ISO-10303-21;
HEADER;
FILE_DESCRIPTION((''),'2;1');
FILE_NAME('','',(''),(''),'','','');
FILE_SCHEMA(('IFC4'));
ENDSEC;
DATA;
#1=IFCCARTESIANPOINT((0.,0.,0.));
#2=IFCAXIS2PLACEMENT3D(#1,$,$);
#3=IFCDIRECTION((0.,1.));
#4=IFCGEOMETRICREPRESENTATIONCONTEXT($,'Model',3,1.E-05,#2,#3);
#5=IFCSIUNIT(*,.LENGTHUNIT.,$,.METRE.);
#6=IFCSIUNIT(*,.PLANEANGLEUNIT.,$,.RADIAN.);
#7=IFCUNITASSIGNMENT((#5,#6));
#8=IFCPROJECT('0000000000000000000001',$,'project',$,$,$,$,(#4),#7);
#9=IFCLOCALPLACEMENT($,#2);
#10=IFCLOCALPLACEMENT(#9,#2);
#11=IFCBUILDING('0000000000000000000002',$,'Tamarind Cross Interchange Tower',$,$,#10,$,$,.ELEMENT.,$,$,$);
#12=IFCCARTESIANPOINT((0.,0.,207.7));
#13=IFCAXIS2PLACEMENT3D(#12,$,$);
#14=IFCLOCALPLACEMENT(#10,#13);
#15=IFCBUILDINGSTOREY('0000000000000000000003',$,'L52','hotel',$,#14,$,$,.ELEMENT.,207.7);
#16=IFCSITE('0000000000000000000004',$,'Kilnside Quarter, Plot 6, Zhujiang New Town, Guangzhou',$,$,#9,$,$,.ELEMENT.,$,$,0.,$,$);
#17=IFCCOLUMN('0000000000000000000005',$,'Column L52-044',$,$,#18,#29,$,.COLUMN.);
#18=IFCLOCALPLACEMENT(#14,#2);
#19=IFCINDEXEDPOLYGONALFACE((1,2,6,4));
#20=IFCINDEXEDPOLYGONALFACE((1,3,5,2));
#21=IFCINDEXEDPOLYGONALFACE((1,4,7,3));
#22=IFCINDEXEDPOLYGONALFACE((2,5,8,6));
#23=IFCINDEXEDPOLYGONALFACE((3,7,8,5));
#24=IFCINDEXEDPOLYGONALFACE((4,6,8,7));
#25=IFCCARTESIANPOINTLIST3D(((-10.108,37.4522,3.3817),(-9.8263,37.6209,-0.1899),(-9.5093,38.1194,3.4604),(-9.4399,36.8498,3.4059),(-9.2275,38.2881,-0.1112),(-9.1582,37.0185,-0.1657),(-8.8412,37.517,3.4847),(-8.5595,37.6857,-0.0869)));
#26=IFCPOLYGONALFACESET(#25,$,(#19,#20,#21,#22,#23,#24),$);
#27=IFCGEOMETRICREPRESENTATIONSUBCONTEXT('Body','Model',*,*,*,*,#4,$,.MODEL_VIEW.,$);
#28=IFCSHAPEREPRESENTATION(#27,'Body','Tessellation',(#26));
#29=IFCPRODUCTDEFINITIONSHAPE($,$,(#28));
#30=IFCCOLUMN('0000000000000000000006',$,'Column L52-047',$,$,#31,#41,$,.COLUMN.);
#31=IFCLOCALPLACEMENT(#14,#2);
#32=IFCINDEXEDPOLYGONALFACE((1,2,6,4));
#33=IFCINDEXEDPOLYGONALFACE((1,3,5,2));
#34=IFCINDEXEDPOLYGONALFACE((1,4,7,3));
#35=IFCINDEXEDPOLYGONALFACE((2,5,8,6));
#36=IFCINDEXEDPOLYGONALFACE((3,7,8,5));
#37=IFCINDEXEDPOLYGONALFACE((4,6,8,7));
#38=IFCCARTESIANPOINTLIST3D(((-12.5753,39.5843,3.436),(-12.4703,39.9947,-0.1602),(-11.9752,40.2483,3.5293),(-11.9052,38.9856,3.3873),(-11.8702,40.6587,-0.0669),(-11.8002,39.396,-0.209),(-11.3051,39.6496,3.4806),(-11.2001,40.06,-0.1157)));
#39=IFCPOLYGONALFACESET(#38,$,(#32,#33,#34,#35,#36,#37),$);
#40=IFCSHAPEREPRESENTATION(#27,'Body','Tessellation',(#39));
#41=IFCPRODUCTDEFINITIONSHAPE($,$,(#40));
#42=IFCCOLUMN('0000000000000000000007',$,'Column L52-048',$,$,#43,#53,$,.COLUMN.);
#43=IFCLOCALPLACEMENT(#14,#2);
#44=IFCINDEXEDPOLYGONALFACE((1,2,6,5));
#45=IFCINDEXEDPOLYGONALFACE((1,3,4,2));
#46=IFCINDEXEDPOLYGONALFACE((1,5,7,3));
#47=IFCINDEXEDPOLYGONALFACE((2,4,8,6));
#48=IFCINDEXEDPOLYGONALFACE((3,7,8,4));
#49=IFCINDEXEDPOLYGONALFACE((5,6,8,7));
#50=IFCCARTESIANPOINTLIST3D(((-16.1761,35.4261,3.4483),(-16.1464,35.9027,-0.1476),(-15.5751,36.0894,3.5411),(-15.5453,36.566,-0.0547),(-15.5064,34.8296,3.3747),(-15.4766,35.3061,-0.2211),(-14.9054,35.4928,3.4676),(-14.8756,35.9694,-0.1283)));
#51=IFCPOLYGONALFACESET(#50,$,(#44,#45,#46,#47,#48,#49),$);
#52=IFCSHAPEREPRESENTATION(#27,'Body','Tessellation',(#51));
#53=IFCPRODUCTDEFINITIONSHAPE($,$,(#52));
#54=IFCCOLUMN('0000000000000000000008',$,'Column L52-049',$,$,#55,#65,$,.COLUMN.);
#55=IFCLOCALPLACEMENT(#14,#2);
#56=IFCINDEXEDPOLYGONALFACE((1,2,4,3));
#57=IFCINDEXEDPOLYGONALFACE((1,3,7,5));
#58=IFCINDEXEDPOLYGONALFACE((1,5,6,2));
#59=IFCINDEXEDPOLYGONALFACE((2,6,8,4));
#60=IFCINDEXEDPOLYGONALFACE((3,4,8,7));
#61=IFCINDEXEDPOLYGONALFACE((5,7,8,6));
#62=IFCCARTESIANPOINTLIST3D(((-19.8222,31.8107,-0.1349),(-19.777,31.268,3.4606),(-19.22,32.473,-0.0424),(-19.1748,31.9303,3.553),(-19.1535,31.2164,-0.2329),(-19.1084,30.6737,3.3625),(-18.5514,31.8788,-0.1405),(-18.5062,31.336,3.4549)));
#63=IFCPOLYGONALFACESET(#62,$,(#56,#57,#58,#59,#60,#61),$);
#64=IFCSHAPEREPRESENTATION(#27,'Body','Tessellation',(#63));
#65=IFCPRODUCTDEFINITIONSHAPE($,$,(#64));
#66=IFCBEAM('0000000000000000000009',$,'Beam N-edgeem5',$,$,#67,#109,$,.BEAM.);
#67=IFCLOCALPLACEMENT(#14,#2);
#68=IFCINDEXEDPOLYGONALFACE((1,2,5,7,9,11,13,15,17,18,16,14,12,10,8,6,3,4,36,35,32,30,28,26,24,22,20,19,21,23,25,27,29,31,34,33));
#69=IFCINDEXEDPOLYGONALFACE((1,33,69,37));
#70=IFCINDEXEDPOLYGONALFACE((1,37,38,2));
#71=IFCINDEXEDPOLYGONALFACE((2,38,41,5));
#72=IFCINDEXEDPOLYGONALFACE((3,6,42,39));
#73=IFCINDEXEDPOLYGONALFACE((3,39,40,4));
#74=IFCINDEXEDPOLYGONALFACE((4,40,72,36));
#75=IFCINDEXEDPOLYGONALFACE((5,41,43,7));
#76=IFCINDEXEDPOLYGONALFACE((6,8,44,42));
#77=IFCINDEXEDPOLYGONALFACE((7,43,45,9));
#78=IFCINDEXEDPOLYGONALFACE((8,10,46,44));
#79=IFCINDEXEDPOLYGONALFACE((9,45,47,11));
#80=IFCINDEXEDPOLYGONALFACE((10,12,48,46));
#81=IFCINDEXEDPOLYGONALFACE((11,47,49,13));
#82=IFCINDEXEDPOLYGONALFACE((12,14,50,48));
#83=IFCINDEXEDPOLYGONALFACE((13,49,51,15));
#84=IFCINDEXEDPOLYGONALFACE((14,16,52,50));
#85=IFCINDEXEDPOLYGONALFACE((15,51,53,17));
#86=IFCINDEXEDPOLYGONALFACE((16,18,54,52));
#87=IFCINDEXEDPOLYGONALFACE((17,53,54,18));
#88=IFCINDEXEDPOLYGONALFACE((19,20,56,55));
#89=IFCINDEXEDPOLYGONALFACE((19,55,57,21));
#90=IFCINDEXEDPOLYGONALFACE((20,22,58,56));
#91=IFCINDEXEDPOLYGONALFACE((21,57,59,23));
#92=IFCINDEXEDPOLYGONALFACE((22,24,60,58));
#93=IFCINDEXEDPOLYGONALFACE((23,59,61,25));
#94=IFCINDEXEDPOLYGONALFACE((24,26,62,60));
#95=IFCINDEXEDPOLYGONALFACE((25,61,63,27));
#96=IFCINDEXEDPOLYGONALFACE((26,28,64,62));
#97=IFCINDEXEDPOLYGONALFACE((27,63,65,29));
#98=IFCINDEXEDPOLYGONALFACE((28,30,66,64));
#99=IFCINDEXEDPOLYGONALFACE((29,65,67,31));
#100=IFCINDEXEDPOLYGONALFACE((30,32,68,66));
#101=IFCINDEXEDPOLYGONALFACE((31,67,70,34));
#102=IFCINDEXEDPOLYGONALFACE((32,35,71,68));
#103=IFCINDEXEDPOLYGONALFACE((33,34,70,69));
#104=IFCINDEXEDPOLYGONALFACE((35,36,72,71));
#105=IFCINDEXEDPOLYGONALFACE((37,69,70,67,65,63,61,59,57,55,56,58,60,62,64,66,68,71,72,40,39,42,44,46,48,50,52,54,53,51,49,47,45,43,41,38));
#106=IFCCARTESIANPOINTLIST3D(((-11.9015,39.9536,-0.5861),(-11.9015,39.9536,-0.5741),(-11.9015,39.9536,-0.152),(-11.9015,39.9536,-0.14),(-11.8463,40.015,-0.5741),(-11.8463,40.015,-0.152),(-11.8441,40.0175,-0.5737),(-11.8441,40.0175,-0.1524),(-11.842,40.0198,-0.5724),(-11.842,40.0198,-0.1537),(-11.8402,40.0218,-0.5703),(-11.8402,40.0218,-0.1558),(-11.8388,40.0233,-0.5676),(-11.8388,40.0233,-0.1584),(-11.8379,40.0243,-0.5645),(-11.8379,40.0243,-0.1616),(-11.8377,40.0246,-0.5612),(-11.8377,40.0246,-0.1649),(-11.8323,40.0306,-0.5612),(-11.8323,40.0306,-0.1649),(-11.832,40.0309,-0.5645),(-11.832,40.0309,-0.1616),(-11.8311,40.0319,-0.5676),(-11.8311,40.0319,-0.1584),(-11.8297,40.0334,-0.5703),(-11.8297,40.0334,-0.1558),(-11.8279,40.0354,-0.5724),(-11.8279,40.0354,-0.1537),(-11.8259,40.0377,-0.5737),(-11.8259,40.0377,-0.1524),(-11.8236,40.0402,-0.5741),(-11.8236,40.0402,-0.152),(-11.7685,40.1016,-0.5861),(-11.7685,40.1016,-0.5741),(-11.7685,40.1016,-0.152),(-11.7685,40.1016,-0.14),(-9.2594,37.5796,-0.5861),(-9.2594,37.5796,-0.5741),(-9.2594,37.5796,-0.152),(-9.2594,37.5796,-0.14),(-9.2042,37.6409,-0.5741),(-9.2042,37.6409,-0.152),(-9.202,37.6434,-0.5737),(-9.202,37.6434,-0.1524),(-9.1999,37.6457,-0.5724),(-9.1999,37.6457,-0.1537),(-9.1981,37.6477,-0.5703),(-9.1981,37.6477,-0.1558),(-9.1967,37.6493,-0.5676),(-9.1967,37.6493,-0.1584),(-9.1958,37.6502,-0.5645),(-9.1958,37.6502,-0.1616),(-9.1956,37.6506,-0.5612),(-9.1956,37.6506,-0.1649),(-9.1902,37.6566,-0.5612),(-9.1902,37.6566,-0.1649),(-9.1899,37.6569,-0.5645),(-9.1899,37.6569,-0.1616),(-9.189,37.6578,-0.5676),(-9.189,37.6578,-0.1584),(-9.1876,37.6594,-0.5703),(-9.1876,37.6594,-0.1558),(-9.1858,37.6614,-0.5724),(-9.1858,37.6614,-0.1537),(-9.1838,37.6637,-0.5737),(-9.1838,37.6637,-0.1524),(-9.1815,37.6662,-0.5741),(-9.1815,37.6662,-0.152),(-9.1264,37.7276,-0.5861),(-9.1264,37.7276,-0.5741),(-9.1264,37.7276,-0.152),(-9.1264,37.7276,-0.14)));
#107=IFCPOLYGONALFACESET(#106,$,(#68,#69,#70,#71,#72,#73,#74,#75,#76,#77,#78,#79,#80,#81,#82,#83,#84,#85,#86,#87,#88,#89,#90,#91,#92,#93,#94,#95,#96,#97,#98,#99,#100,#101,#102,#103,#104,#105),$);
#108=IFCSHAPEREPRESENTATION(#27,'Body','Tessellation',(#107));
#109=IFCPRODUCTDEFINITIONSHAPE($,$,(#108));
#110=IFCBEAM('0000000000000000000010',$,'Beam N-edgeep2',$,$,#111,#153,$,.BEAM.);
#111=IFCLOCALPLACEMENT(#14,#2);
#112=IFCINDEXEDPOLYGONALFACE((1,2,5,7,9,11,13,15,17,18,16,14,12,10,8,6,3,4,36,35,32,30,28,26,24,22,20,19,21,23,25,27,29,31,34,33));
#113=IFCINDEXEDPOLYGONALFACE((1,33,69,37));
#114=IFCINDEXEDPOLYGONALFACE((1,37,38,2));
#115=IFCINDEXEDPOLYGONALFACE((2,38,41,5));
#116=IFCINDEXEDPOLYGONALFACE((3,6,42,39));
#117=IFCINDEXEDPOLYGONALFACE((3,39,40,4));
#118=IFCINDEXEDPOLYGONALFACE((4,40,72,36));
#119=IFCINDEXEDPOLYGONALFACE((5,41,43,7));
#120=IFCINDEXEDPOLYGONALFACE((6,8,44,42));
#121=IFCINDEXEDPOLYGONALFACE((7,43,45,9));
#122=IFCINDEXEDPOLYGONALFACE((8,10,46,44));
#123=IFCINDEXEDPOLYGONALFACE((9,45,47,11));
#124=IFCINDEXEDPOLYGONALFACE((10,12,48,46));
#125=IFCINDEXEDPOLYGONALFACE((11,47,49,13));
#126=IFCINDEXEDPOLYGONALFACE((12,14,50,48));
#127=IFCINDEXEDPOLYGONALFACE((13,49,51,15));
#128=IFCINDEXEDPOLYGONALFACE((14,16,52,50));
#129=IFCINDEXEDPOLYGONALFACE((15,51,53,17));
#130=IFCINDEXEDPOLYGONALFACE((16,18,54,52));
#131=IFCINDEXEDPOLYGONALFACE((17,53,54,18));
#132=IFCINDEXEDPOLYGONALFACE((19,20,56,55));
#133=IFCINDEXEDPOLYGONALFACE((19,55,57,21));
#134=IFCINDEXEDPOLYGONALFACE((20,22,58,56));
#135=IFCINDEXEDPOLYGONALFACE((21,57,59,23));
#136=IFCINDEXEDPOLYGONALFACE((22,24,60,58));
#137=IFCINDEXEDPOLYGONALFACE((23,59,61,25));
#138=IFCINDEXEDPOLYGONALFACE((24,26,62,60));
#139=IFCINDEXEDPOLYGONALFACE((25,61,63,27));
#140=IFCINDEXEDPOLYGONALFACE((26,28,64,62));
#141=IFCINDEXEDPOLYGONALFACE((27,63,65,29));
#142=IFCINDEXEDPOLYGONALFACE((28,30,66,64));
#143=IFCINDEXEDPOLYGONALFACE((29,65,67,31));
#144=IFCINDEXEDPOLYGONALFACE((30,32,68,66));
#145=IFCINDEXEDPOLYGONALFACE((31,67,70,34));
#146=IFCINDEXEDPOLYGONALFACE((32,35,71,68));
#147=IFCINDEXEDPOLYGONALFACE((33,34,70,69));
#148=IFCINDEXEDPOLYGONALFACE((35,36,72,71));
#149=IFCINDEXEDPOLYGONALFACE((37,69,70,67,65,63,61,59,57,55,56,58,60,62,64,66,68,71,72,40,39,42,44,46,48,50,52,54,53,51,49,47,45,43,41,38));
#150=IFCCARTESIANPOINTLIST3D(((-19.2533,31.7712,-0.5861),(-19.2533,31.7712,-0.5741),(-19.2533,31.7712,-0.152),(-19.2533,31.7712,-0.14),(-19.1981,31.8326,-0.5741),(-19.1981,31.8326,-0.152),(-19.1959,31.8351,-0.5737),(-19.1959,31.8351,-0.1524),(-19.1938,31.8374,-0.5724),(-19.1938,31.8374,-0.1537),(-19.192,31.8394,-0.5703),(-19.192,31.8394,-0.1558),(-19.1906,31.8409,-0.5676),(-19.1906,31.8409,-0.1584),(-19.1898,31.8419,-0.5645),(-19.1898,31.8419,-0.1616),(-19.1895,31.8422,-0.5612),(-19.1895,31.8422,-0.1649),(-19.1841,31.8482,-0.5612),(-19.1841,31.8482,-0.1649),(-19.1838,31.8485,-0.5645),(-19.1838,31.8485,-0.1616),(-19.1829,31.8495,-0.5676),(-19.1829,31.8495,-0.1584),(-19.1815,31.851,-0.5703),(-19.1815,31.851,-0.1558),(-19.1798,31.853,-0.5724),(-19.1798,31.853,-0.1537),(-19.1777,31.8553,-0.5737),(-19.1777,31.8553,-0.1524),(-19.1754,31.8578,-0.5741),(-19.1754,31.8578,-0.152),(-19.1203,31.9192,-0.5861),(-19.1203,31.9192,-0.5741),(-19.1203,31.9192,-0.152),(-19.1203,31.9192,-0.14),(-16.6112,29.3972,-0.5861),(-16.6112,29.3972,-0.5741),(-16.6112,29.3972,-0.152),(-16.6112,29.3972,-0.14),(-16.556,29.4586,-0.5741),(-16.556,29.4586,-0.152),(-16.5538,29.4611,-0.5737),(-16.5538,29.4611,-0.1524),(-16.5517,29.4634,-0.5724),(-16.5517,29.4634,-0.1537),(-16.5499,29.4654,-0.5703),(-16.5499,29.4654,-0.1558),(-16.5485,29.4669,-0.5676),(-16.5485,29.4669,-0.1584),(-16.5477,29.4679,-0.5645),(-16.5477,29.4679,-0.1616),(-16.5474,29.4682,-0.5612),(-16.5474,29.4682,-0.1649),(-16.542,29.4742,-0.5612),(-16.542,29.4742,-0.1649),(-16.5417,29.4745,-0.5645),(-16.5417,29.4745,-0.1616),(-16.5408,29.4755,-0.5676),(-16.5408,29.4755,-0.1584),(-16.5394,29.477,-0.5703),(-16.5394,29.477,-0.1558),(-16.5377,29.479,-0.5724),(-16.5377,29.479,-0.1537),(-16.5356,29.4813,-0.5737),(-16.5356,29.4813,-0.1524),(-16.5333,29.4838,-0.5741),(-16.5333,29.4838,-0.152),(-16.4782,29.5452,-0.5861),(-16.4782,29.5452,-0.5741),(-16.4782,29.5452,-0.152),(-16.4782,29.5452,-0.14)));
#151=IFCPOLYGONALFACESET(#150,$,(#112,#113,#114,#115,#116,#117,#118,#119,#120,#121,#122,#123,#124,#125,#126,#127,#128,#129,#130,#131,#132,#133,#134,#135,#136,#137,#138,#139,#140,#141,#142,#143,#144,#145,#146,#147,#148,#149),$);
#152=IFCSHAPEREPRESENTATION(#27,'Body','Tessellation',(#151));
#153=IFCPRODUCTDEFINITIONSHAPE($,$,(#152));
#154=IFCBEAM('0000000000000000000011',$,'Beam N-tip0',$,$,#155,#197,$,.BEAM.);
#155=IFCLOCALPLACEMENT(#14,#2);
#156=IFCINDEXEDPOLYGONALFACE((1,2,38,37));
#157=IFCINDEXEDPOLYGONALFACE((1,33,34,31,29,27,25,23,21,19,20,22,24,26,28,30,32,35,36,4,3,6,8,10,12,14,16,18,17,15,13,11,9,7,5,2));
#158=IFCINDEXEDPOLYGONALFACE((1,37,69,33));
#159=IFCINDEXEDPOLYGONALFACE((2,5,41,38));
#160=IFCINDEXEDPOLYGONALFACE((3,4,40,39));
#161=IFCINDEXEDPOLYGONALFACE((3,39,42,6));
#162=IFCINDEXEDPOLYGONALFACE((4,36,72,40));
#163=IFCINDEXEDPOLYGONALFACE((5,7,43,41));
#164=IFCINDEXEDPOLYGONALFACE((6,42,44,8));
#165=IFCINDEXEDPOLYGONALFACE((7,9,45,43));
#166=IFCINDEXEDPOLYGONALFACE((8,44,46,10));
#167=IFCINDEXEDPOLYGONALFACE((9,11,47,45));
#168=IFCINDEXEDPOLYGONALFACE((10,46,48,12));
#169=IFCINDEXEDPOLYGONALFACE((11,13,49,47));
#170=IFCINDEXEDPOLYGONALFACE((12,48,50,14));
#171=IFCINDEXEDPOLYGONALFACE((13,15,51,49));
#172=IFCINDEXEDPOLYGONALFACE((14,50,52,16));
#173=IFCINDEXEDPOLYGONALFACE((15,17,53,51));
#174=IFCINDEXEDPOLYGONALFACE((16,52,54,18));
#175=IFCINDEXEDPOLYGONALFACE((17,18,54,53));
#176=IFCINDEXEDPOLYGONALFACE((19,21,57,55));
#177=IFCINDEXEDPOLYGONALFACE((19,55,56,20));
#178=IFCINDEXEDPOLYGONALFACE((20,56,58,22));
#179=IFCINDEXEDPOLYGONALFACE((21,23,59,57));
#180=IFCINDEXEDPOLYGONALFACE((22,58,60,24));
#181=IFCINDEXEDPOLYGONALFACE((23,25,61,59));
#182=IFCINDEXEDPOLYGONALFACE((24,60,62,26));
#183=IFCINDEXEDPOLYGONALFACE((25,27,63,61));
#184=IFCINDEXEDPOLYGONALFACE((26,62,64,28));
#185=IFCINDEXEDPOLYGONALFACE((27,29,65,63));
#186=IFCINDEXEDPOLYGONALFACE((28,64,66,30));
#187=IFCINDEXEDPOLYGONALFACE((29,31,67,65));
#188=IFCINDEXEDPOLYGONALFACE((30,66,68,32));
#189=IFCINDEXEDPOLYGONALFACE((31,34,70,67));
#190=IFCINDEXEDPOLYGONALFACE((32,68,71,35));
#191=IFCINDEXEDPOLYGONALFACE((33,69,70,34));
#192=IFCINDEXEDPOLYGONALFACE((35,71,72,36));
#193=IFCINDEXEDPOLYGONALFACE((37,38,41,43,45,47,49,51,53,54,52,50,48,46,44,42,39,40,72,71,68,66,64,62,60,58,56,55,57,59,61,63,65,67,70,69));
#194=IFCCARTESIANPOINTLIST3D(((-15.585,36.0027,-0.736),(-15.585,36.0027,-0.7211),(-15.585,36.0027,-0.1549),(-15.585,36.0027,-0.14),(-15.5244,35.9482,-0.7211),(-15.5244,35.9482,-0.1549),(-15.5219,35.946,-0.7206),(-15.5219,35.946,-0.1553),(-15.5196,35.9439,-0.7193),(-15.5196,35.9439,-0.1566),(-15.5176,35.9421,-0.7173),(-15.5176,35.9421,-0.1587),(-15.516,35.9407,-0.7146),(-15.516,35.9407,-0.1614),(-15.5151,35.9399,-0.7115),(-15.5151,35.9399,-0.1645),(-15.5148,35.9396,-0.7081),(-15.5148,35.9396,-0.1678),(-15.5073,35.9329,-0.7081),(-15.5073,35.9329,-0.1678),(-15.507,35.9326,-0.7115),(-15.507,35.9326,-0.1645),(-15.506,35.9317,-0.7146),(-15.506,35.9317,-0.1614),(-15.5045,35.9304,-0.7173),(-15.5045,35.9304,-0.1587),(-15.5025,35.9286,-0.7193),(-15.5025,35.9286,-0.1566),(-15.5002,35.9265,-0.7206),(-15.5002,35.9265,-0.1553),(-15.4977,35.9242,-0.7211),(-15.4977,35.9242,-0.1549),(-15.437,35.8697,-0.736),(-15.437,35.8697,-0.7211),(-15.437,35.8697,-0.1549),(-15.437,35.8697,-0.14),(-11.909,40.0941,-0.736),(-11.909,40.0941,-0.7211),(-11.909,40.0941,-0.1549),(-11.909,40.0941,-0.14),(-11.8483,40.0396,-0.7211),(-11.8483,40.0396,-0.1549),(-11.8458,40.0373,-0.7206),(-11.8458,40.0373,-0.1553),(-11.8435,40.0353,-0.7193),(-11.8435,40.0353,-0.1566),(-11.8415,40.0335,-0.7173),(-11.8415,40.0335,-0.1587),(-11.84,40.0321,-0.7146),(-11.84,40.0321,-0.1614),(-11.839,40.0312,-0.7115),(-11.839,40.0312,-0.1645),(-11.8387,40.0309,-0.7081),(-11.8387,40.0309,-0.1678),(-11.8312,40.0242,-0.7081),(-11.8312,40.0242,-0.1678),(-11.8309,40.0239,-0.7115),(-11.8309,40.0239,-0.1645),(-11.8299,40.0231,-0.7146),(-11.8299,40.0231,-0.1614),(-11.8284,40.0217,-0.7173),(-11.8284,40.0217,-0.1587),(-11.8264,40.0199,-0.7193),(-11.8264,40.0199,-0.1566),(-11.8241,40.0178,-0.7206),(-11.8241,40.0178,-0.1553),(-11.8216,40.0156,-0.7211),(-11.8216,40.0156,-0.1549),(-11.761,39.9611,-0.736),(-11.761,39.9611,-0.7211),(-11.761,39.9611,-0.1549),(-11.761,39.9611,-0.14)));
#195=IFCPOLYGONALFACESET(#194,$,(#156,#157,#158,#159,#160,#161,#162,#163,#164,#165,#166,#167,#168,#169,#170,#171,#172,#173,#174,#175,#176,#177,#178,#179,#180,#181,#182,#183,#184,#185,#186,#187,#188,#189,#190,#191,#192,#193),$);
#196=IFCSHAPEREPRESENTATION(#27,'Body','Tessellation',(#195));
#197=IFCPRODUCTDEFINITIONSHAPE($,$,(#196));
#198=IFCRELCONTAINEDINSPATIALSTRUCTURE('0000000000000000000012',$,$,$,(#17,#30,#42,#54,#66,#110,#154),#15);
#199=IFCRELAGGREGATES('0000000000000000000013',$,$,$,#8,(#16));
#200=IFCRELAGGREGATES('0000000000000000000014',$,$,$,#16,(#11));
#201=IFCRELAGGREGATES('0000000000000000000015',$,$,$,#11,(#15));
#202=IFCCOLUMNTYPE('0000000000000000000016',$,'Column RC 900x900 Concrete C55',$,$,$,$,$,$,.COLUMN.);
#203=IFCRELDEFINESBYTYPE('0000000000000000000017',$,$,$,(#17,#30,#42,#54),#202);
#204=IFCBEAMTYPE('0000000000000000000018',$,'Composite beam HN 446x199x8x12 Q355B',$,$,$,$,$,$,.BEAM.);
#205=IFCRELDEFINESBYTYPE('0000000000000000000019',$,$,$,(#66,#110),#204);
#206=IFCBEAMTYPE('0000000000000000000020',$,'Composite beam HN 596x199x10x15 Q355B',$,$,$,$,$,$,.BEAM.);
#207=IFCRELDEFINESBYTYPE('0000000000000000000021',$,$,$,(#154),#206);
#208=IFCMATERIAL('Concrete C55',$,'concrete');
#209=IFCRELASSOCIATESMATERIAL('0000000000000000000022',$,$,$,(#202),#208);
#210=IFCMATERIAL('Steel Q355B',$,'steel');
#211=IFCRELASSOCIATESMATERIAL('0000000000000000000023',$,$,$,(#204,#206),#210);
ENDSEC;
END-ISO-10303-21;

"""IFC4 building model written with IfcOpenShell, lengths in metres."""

from ifc_helpers import new_model, si_unit, direction, frame, origin, origin_2d, place, context, subcontext, project, spatial, rectangle, i_section, extrude, material, material_profile, profile_set, type_object, element, save


model = new_model("IFC4")

# Units and contexts
model_context = context("Model", 3, precision=1e-05, world=origin(), true_north=direction((0.0, 1.0)))
body_context = subcontext(model_context, "Body", "Model", "MODEL_VIEW")
ifc_project = project(units=[si_unit("LENGTHUNIT", "METRE"), si_unit("PLANEANGLEUNIT", "RADIAN")], contexts=[model_context])

# Site, building, storey
site_placement = place(None, origin())
site = spatial("IfcSite", under=ifc_project, at=site_placement, Name="Kilnside Quarter, Plot 6, Zhujiang New Town, Guangzhou", CompositionType="ELEMENT", RefElevation=0.0)
building_placement = place(site_placement, origin())
building = spatial("IfcBuilding", under=site, at=building_placement, Name="Tamarind Cross Interchange Tower", CompositionType="ELEMENT")
storey_placement = place(building_placement, frame((0.0, 0.0, 207.7)))
storey = spatial("IfcBuildingStorey", under=building, at=storey_placement, Name="L52", Description="hotel", CompositionType="ELEMENT", Elevation=207.7)

# Columns
ifc_material_1 = material(Name="Concrete C55", Category="concrete")
ifc_material_profile_1 = material_profile(ifc_material_1, rectangle(XDim=0.8999, YDim=0.8999, at=origin_2d()), Name="RC 900x900")
ifc_profile_set_1 = profile_set([ifc_material_profile_1], Name="Concrete C55")
column_type = type_object("IfcColumnType", Name="Column RC 900x900 Concrete C55", PredefinedType="COLUMN", material=ifc_profile_set_1)
column_1_placement = place(storey_placement, frame((-9.1929, 37.6533, -0.1384), z_axis=(-0.078553, -0.047037, 0.9958), x_axis=(0.742396, -0.66942, 0.026943)))
element("IfcColumn", 1, at=column_1_placement, inside=storey, type_object=column_type, Name="Column L52-044", PredefinedType="COLUMN", context=body_context, shape_type="SweptSolid", body=[
    extrude(rectangle(XDim=0.8999, YDim=0.8999, at=origin_2d()), origin(), (0.0, 0.0, 1.0), 3.5867),
])
column_2_placement = place(storey_placement, frame((-11.8352, 40.0273, -0.1379), z_axis=(-0.028992, -0.113337, 0.993134), x_axis=(0.666884, 0.737914, 0.103679)))
element("IfcColumn", 2, at=column_2_placement, inside=storey, type_object=column_type, Name="Column L52-047", PredefinedType="COLUMN", context=body_context, shape_type="SweptSolid", body=[
    extrude(rectangle(XDim=0.8999, YDim=0.8999, at=origin_2d()), origin(), (0.0, 0.0, 1.0), 3.6211),
])
column_3_placement = place(storey_placement, frame((-15.511, 35.936, -0.1379), z_axis=(-0.008211, -0.131375, 0.991299), x_axis=(0.667884, 0.737074, 0.103215)))
element("IfcColumn", 3, at=column_3_placement, inside=storey, type_object=column_type, Name="Column L52-048", PredefinedType="COLUMN", context=body_context, shape_type="SweptSolid", body=[
    extrude(rectangle(XDim=0.8999, YDim=0.8999, at=origin_2d()), origin(), (0.0, 0.0, 1.0), 3.6274),
])
column_4_placement = place(storey_placement, frame((-19.1868, 31.8447, -0.1377), z_axis=(0.01242, -0.149245, 0.988722), x_axis=(0.669171, 0.73598, 0.102688)))
element("IfcColumn", 4, at=column_4_placement, inside=storey, type_object=column_type, Name="Column L52-049", PredefinedType="COLUMN", context=body_context, shape_type="SweptSolid", body=[
    extrude(rectangle(XDim=0.8999, YDim=0.8999, at=origin_2d()), origin(), (0.0, 0.0, 1.0), 3.6365),
])

# Beams
ifc_material_2 = material(Name="Steel Q355B", Category="steel")
ifc_material_profile_2 = material_profile(ifc_material_2, i_section(OverallWidth=0.199, OverallDepth=0.446, WebThickness=0.0081, FlangeThickness=0.012, FilletRadius=0.0129, at=origin_2d()), Name="HN 446x199x8x12")
ifc_profile_set_2 = profile_set([ifc_material_profile_2], Name="Steel Q355B")
beam_type_1 = type_object("IfcBeamType", Name="Composite beam HN 446x199x8x12 Q355B", PredefinedType="BEAM", material=ifc_profile_set_2)
for number, where, z_axis, x_axis, name in (
    (5, (-11.835, 40.0276, -0.363), (0.743834, -0.668365, 0.0), (0.668365, 0.743834, 0.0), "Beam N-edgeem5"),
    (6, (-19.1868, 31.8452, -0.363), (0.743834, -0.668365, 0.0), (0.668365, 0.743834, 0.0), "Beam N-edgeep2"),
):
    element("IfcBeam", number, at=place(storey_placement, frame(where, z_axis=z_axis, x_axis=x_axis)), inside=storey, type_object=beam_type_1, Name=name, PredefinedType="BEAM", context=body_context, shape_type="SweptSolid", body=[
        extrude(i_section(OverallWidth=0.199, OverallDepth=0.446, WebThickness=0.0081, FlangeThickness=0.012, FilletRadius=0.0129, at=origin_2d()), origin(), (0.0, 0.0, 1.0), 3.552),
    ])
ifc_material_profile_3 = material_profile(ifc_material_2, i_section(OverallWidth=0.199, OverallDepth=0.5959, WebThickness=0.01, FlangeThickness=0.0149, FilletRadius=0.0129, at=origin_2d()), Name="HN 596x199x10x15")
ifc_profile_set_3 = profile_set([ifc_material_profile_3], Name="Steel Q355B")
beam_type_2 = type_object("IfcBeamType", Name="Composite beam HN 596x199x10x15 Q355B", PredefinedType="BEAM", material=ifc_profile_set_3)
beam_1_placement = place(storey_placement, frame((-11.835, 40.0276, -0.438), z_axis=(-0.668347, -0.74385, 0.0), x_axis=(0.74385, -0.668347, 0.0)))
element("IfcBeam", 7, at=beam_1_placement, inside=storey, type_object=beam_type_2, Name="Beam N-tip0", PredefinedType="BEAM", context=body_context, shape_type="SweptSolid", body=[
    extrude(i_section(OverallWidth=0.199, OverallDepth=0.5959, WebThickness=0.01, FlangeThickness=0.0149, FilletRadius=0.0129, at=origin_2d()), origin(), (0.0, 0.0, 1.0), 5.5002),
])

save(model, "model.ifc")
